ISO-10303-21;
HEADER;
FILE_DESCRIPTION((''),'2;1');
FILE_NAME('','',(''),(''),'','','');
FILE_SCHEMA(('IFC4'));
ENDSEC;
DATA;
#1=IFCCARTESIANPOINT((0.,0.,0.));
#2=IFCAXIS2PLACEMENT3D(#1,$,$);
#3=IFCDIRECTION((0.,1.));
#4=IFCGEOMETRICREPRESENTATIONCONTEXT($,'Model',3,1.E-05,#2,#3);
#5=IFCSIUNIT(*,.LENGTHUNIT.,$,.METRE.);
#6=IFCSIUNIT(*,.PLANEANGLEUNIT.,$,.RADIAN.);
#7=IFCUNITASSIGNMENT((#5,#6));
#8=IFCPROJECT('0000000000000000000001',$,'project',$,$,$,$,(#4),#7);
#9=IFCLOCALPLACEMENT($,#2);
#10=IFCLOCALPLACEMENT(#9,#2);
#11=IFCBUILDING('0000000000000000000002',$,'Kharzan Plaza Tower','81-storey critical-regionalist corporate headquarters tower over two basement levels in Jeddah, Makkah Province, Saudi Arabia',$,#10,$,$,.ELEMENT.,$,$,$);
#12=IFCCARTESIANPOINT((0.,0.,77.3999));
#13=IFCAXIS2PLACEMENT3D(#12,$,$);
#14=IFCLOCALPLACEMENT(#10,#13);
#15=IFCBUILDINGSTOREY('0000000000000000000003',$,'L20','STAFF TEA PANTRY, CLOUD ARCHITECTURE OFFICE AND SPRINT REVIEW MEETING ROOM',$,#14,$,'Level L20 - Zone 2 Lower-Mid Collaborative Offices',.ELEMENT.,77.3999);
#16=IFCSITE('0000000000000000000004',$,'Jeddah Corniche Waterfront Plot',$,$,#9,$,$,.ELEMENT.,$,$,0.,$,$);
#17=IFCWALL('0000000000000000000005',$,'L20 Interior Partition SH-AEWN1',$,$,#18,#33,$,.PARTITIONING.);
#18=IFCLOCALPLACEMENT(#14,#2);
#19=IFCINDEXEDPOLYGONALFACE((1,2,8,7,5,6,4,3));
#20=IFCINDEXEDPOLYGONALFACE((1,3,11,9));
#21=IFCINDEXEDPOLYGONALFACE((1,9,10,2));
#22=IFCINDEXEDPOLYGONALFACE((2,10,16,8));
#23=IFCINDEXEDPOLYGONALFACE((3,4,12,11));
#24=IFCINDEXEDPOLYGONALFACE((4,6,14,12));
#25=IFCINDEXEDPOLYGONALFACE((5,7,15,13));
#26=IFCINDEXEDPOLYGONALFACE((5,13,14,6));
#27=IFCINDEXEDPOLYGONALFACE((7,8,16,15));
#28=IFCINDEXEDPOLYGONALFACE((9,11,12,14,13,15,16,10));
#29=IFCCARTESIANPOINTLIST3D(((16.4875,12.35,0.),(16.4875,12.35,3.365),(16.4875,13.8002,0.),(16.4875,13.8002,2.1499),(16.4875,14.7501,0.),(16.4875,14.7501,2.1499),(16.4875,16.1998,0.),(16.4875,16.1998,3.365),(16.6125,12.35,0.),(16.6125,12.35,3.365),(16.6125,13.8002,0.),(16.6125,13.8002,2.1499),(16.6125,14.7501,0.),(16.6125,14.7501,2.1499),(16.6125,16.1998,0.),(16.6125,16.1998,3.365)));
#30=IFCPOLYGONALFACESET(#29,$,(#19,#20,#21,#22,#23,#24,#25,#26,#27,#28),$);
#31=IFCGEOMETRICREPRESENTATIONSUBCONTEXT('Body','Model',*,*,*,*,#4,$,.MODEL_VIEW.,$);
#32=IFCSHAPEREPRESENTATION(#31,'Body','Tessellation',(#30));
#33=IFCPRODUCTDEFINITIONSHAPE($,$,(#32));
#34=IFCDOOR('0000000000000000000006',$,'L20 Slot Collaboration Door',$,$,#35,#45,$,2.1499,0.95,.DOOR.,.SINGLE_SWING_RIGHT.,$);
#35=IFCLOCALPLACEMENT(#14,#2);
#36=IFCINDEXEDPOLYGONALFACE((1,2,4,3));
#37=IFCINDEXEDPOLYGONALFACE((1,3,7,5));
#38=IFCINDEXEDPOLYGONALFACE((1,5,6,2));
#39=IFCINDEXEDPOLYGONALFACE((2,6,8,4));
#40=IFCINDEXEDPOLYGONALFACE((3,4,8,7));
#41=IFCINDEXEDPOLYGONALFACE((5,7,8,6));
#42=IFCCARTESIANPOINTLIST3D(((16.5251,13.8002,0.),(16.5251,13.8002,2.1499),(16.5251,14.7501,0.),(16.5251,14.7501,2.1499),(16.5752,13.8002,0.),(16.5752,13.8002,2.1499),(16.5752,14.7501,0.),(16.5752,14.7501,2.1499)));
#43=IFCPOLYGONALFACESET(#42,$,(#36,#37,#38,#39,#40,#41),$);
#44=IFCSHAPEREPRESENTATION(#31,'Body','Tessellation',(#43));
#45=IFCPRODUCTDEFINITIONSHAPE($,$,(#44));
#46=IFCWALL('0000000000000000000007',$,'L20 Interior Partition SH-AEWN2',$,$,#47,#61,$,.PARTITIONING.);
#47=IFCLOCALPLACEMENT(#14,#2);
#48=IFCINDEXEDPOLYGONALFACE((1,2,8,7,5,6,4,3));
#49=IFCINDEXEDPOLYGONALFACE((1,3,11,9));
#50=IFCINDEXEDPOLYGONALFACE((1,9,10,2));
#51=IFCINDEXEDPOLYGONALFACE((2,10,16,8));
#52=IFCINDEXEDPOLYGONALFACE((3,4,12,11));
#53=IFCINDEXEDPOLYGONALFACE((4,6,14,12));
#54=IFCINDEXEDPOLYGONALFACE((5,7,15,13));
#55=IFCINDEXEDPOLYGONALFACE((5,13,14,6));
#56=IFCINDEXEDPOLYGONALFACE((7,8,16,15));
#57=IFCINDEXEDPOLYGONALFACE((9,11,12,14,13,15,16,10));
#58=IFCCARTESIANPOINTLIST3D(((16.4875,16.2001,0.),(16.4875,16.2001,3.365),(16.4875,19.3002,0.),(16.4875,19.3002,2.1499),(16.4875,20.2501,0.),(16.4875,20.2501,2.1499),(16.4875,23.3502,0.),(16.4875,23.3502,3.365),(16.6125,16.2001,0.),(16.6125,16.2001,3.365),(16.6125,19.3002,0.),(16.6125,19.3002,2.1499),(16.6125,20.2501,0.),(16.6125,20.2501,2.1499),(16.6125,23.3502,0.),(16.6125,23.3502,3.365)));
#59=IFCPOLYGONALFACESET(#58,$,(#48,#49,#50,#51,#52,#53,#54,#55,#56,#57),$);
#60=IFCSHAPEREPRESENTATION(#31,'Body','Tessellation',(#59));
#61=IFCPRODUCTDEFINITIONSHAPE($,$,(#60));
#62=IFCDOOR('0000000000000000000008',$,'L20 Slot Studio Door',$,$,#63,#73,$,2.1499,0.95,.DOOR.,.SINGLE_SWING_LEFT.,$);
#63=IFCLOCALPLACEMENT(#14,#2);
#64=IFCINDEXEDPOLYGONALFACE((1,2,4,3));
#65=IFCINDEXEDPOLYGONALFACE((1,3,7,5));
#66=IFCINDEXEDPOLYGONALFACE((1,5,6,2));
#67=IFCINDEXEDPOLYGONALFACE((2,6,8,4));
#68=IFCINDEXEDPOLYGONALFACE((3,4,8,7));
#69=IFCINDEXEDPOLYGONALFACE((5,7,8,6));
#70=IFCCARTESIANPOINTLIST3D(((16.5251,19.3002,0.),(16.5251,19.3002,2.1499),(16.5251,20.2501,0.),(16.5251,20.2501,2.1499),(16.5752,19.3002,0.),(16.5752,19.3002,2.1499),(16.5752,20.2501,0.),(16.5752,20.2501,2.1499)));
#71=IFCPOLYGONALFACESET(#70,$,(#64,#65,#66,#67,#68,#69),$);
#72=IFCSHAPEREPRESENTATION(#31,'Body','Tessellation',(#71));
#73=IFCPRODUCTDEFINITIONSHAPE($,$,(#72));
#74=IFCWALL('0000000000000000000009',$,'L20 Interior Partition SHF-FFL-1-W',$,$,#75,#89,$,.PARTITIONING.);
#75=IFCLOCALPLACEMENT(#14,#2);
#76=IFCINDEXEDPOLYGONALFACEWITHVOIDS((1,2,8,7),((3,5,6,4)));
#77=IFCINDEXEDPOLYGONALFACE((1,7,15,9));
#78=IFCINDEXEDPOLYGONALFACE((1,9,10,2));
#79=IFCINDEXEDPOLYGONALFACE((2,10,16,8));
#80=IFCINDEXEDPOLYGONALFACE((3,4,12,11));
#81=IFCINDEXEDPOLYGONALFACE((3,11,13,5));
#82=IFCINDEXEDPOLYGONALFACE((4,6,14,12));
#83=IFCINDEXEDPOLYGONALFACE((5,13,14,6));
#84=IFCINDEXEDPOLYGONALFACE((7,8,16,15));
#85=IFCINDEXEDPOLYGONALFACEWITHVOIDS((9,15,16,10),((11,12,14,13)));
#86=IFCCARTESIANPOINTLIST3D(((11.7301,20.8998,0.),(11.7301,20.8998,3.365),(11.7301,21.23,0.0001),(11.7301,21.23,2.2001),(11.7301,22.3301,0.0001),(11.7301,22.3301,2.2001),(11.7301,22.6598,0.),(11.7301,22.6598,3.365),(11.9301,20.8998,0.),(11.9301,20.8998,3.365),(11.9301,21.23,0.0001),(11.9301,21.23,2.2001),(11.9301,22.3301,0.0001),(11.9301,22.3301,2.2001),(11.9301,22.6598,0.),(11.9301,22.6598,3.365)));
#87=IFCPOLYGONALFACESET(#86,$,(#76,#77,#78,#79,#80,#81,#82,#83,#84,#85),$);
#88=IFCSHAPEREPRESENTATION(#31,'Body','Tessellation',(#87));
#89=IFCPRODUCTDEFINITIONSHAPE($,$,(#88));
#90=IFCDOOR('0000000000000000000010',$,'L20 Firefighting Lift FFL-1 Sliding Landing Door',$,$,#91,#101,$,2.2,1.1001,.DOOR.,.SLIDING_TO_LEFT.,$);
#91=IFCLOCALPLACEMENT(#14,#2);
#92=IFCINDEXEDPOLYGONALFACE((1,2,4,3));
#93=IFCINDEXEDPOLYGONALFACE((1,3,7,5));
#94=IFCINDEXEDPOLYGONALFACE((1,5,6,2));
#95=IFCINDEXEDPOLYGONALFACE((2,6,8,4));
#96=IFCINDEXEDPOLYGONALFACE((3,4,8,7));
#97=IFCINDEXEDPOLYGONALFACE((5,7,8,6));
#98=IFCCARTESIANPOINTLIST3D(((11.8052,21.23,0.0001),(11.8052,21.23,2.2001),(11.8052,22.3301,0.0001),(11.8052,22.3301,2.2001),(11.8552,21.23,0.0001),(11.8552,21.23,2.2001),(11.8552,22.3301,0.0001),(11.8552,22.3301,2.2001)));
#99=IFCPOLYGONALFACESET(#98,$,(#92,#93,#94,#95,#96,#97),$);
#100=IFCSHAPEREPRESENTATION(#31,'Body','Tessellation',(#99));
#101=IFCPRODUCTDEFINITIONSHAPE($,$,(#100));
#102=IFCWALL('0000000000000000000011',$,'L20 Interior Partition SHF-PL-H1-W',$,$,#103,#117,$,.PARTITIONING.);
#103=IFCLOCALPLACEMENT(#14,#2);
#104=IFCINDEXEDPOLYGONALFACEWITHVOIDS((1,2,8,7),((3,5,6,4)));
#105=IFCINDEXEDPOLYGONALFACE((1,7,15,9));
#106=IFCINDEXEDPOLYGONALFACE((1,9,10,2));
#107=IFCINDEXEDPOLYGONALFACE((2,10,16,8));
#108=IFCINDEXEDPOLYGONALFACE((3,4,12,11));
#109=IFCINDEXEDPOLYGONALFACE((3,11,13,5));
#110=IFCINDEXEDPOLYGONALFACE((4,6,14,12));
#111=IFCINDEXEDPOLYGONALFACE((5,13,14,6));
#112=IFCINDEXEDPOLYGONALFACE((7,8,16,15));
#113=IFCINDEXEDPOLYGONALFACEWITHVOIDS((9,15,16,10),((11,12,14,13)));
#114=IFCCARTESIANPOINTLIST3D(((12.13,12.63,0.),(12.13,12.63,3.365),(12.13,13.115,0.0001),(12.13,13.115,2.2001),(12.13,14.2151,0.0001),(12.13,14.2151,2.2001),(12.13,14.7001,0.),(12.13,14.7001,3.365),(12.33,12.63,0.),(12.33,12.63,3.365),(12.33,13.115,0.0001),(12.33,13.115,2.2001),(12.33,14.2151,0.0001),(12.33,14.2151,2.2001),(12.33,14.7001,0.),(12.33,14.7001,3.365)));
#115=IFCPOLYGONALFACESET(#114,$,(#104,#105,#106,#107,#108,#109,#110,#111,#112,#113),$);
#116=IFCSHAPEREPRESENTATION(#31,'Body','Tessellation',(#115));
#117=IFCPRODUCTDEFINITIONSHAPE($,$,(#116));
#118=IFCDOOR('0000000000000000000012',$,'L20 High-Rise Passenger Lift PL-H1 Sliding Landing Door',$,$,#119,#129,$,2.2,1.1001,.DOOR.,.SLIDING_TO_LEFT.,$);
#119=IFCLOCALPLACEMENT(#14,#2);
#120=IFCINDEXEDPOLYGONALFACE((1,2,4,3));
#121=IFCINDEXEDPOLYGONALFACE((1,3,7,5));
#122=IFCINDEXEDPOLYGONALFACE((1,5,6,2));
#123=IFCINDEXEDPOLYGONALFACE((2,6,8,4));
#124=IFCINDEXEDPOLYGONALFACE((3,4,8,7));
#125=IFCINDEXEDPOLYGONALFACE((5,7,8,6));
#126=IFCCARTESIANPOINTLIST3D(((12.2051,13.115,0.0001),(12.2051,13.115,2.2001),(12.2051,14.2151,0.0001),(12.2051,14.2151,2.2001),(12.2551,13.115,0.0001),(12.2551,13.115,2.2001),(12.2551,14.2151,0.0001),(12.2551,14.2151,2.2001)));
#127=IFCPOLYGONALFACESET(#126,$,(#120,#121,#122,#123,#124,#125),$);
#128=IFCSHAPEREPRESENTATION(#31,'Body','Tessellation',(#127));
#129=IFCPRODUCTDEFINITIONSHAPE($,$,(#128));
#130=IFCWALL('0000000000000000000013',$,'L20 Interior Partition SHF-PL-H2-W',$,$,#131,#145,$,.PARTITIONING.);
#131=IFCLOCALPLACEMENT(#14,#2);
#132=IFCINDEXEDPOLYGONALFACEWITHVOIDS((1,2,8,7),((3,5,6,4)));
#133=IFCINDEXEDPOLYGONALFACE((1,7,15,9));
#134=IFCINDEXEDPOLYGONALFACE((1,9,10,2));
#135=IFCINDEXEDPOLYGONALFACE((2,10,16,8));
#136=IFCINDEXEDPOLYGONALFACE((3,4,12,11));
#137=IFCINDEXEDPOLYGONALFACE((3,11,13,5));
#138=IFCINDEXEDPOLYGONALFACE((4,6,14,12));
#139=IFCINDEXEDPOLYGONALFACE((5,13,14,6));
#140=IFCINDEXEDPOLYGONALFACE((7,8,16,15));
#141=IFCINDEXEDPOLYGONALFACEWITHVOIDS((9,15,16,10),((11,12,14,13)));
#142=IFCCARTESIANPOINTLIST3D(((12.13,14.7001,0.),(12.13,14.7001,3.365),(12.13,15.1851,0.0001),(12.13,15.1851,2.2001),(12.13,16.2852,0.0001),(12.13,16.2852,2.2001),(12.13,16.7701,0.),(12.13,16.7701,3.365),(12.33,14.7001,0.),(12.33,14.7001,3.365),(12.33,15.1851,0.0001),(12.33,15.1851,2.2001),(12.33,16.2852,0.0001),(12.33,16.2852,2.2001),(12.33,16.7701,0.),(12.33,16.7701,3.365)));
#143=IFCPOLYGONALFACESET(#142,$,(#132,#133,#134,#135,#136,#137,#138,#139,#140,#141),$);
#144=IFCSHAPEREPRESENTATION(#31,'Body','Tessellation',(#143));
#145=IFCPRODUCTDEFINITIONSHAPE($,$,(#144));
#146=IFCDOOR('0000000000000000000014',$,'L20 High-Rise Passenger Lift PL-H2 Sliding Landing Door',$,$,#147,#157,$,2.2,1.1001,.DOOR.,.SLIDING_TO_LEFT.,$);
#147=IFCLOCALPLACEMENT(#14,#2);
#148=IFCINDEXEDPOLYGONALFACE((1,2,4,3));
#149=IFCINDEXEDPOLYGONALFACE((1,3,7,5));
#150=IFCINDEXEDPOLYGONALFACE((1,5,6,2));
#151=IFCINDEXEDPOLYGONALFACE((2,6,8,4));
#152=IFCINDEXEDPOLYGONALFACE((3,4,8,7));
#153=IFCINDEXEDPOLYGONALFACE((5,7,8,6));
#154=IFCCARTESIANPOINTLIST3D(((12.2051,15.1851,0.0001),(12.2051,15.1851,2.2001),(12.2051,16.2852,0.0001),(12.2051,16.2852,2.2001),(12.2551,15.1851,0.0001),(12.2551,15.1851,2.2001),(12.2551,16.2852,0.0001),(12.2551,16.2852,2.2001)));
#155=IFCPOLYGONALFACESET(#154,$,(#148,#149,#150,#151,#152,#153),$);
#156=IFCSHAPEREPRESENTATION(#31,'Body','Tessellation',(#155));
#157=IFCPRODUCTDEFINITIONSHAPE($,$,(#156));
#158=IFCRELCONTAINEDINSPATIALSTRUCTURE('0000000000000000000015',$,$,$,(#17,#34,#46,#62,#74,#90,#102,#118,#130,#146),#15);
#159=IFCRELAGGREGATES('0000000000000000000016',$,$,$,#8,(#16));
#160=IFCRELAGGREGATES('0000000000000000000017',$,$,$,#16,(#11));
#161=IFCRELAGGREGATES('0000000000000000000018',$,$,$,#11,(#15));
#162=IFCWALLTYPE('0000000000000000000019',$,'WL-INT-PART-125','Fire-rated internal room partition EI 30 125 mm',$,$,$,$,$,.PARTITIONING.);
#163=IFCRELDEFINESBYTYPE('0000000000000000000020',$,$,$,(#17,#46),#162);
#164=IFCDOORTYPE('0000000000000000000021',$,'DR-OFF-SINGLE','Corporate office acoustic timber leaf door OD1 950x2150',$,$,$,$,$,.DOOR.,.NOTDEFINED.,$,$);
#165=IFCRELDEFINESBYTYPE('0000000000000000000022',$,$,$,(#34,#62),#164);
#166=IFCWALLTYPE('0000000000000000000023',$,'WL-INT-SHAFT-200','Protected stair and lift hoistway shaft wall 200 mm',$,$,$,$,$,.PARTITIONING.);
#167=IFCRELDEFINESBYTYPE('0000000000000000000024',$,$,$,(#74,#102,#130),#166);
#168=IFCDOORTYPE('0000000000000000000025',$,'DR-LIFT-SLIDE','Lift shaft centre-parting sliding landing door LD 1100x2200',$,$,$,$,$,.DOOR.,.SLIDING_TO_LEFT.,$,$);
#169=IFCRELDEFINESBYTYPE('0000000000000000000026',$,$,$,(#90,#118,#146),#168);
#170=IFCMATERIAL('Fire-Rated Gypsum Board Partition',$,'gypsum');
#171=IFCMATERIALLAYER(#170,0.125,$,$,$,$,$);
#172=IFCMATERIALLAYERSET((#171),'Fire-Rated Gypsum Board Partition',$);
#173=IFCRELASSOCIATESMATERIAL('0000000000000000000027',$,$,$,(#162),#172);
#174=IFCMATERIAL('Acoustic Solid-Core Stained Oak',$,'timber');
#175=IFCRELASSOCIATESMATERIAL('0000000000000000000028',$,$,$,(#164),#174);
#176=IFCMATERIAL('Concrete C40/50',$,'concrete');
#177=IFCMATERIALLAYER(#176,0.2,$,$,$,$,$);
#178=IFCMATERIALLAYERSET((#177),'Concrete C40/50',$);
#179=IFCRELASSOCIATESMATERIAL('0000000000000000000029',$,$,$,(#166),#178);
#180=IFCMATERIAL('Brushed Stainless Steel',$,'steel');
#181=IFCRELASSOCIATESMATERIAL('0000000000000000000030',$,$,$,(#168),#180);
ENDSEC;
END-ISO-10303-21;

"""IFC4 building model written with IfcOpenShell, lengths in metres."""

from ifc_helpers import new_model, si_unit, direction, frame, frame_2d, origin, place, context, subcontext, project, spatial, rectangle, extrude, source, transform, mapped, material, layer, layer_set, type_object, element, fill, save


model = new_model("IFC4")

# Units and contexts
model_context = context("Model", 3, precision=1e-05, world=origin(), true_north=direction((0.0, 1.0)))
body_context = subcontext(model_context, "Body", "Model", "MODEL_VIEW")
ifc_project = project(units=[si_unit("LENGTHUNIT", "METRE"), si_unit("PLANEANGLEUNIT", "RADIAN")], contexts=[model_context])

# Site, building, storey
site_placement = place(None, origin())
site = spatial("IfcSite", under=ifc_project, at=site_placement, Name="Jeddah Corniche Waterfront Plot", CompositionType="ELEMENT", RefElevation=0.0)
building_placement = place(site_placement, origin())
building = spatial("IfcBuilding", under=site, at=building_placement, Name="Kharzan Plaza Tower", Description="81-storey critical-regionalist corporate headquarters tower over two basement levels in Jeddah, Makkah Province, Saudi Arabia", CompositionType="ELEMENT")
storey_placement = place(building_placement, frame((0.0, 0.0, 77.3999)))
storey = spatial("IfcBuildingStorey", under=building, at=storey_placement, Name="L20", Description="STAFF TEA PANTRY, CLOUD ARCHITECTURE OFFICE AND SPRINT REVIEW MEETING ROOM", LongName="Level L20 - Zone 2 Lower-Mid Collaborative Offices", CompositionType="ELEMENT", Elevation=77.3999)

# Walls, openings, doors
ifc_material_1 = material(Name="Fire-Rated Gypsum Board Partition", Category="gypsum")
ifc_layer_1 = layer(ifc_material_1, 0.125)
ifc_layer_set_1 = layer_set([ifc_layer_1], Name="Fire-Rated Gypsum Board Partition")
wall_type_1 = type_object("IfcWallType", Name="WL-INT-PART-125", Description="Fire-rated internal room partition EI 30 125 mm", PredefinedType="PARTITIONING", material=ifc_layer_set_1)
wall_1_placement = place(storey_placement, frame((16.55, 12.3501, 0.0), z_axis=(0.0, 0.0, 1.0), x_axis=(0.0, 1.0, 0.0)))
wall_1 = element("IfcWall", 1, at=wall_1_placement, inside=storey, type_object=wall_type_1, Name="L20 Interior Partition SH-AEWN1", PredefinedType="PARTITIONING", context=body_context, shape_type="SweptSolid", body=[
    extrude(rectangle(XDim=3.8499, YDim=0.125, at=frame_2d((1.9248, 0.0))), origin(), (0.0, 0.0, 1.0), 3.365),
])
opening_1_placement = place(wall_1_placement, frame((1.45, 0.0, 0.0)))
opening_1 = element("IfcOpeningElement", 2, at=opening_1_placement, cuts=wall_1, PredefinedType="OPENING", context=body_context, shape_type="SweptSolid", body=[
    extrude(rectangle(XDim=0.95, YDim=2.1499, at=frame_2d((0.4751, 1.075))), frame((0.0, 0.0725, 0.0), z_axis=(0.0, -1.0, 0.0), x_axis=(1.0, 0.0, 0.0)), (0.0, 0.0, 1.0), 0.145),
])
ifc_material_2 = material(Name="Acoustic Solid-Core Stained Oak", Category="timber")
door_type_1 = type_object("IfcDoorType", Name="DR-OFF-SINGLE", Description="Corporate office acoustic timber leaf door OD1 950x2150", OperationType="NOTDEFINED", PredefinedType="DOOR", material=ifc_material_2)
shared_shape_1 = source(origin(), body_context, "Body", "SweptSolid", [
    extrude(rectangle(XDim=0.95, YDim=2.1499, at=frame_2d((0.4751, 1.075))), frame((0.0, 0.0249, 0.0), z_axis=(0.0, -1.0, 0.0), x_axis=(1.0, 0.0, 0.0)), (0.0, 0.0, 1.0), 0.05),
])
door_1_placement = place(opening_1_placement, origin())
door_1 = element("IfcDoor", 3, at=door_1_placement, inside=storey, type_object=door_type_1, Name="L20 Slot Collaboration Door", OperationType="SINGLE_SWING_RIGHT", OverallHeight=2.1499, OverallWidth=0.95, PredefinedType="DOOR", context=body_context, shape_type="MappedRepresentation", body=[
    mapped(shared_shape_1, transform((0.0, 0.0, 0.0), x_axis=(1.0, 0.0, 0.0), y_axis=(0.0, 1.0, 0.0), z_axis=(0.0, 0.0, 1.0))),
])
fill(opening_1, door_1)
wall_2_placement = place(storey_placement, frame((16.55, 16.2, 0.0), z_axis=(0.0, 0.0, 1.0), x_axis=(0.0, 1.0, 0.0)))
wall_2 = element("IfcWall", 4, at=wall_2_placement, inside=storey, type_object=wall_type_1, Name="L20 Interior Partition SH-AEWN2", PredefinedType="PARTITIONING", context=body_context, shape_type="SweptSolid", body=[
    extrude(rectangle(XDim=7.1501, YDim=0.125, at=frame_2d((3.5752, 0.0))), origin(), (0.0, 0.0, 1.0), 3.365),
])
opening_2_placement = place(wall_2_placement, frame((3.1001, 0.0, 0.0)))
opening_2 = element("IfcOpeningElement", 5, at=opening_2_placement, cuts=wall_2, PredefinedType="OPENING", context=body_context, shape_type="SweptSolid", body=[
    extrude(rectangle(XDim=0.95, YDim=2.1499, at=frame_2d((0.4751, 1.075))), frame((0.0, 0.0725, 0.0), z_axis=(0.0, -1.0, 0.0), x_axis=(1.0, 0.0, 0.0)), (0.0, 0.0, 1.0), 0.145),
])
door_2_placement = place(opening_2_placement, origin())
door_2 = element("IfcDoor", 6, at=door_2_placement, inside=storey, type_object=door_type_1, Name="L20 Slot Studio Door", OperationType="SINGLE_SWING_LEFT", OverallHeight=2.1499, OverallWidth=0.95, PredefinedType="DOOR", context=body_context, shape_type="MappedRepresentation", body=[
    mapped(shared_shape_1, transform((0.0, 0.0, 0.0), x_axis=(1.0, 0.0, 0.0), y_axis=(0.0, 1.0, 0.0), z_axis=(0.0, 0.0, 1.0))),
])
fill(opening_2, door_2)
ifc_material_3 = material(Name="Concrete C40/50", Category="concrete")
ifc_layer_2 = layer(ifc_material_3, 0.2)
ifc_layer_set_2 = layer_set([ifc_layer_2], Name="Concrete C40/50")
wall_type_2 = type_object("IfcWallType", Name="WL-INT-SHAFT-200", Description="Protected stair and lift hoistway shaft wall 200 mm", PredefinedType="PARTITIONING", material=ifc_layer_set_2)
wall_3_placement = place(storey_placement, frame((11.8301, 20.8999, 0.0), z_axis=(0.0, 0.0, 1.0), x_axis=(0.0, 1.0, 0.0)))
wall_3 = element("IfcWall", 7, at=wall_3_placement, inside=storey, type_object=wall_type_2, Name="L20 Interior Partition SHF-FFL-1-W", PredefinedType="PARTITIONING", context=body_context, shape_type="SweptSolid", body=[
    extrude(rectangle(XDim=1.76, YDim=0.2, at=frame_2d((0.8799, 0.0))), origin(), (0.0, 0.0, 1.0), 3.365),
])
opening_3_placement = place(wall_3_placement, frame((0.3301, 0.0, 0.0)))
opening_3 = element("IfcOpeningElement", 8, at=opening_3_placement, cuts=wall_3, PredefinedType="OPENING", context=body_context, shape_type="SweptSolid", body=[
    extrude(rectangle(XDim=1.1001, YDim=2.2, at=frame_2d((0.55, 1.1001))), frame((0.0, 0.1099, 0.0), z_axis=(0.0, -1.0, 0.0), x_axis=(1.0, 0.0, 0.0)), (0.0, 0.0, 1.0), 0.22),
])
ifc_material_4 = material(Name="Brushed Stainless Steel", Category="steel")
door_type_2 = type_object("IfcDoorType", Name="DR-LIFT-SLIDE", Description="Lift shaft centre-parting sliding landing door LD 1100x2200", OperationType="SLIDING_TO_LEFT", PredefinedType="DOOR", material=ifc_material_4)
shared_shape_2 = source(origin(), body_context, "Body", "SweptSolid", [
    extrude(rectangle(XDim=1.1001, YDim=2.2, at=frame_2d((0.55, 1.1001))), frame((0.0, 0.0249, 0.0), z_axis=(0.0, -1.0, 0.0), x_axis=(1.0, 0.0, 0.0)), (0.0, 0.0, 1.0), 0.05),
])
door_3_placement = place(opening_3_placement, origin())
door_3 = element("IfcDoor", 9, at=door_3_placement, inside=storey, type_object=door_type_2, Name="L20 Firefighting Lift FFL-1 Sliding Landing Door", OperationType="SLIDING_TO_LEFT", OverallHeight=2.2, OverallWidth=1.1001, PredefinedType="DOOR", context=body_context, shape_type="MappedRepresentation", body=[
    mapped(shared_shape_2, transform((0.0, 0.0, 0.0), x_axis=(1.0, 0.0, 0.0), y_axis=(0.0, 1.0, 0.0), z_axis=(0.0, 0.0, 1.0))),
])
fill(opening_3, door_3)
wall_4_placement = place(storey_placement, frame((12.23, 12.6299, 0.0), z_axis=(0.0, 0.0, 1.0), x_axis=(0.0, 1.0, 0.0)))
wall_4 = element("IfcWall", 10, at=wall_4_placement, inside=storey, type_object=wall_type_2, Name="L20 Interior Partition SHF-PL-H1-W", PredefinedType="PARTITIONING", context=body_context, shape_type="SweptSolid", body=[
    extrude(rectangle(XDim=2.0701, YDim=0.2, at=frame_2d((1.0352, 0.0))), origin(), (0.0, 0.0, 1.0), 3.365),
])
opening_4_placement = place(wall_4_placement, frame((0.4851, 0.0, 0.0)))
opening_4 = element("IfcOpeningElement", 11, at=opening_4_placement, cuts=wall_4, PredefinedType="OPENING", context=body_context, shape_type="SweptSolid", body=[
    extrude(rectangle(XDim=1.1001, YDim=2.2, at=frame_2d((0.55, 1.1001))), frame((0.0, 0.1099, 0.0), z_axis=(0.0, -1.0, 0.0), x_axis=(1.0, 0.0, 0.0)), (0.0, 0.0, 1.0), 0.22),
])
door_4_placement = place(opening_4_placement, origin())
door_4 = element("IfcDoor", 12, at=door_4_placement, inside=storey, type_object=door_type_2, Name="L20 High-Rise Passenger Lift PL-H1 Sliding Landing Door", OperationType="SLIDING_TO_LEFT", OverallHeight=2.2, OverallWidth=1.1001, PredefinedType="DOOR", context=body_context, shape_type="MappedRepresentation", body=[
    mapped(shared_shape_2, transform((0.0, 0.0, 0.0), x_axis=(1.0, 0.0, 0.0), y_axis=(0.0, 1.0, 0.0), z_axis=(0.0, 0.0, 1.0))),
])
fill(opening_4, door_4)
wall_5_placement = place(storey_placement, frame((12.23, 14.7, 0.0), z_axis=(0.0, 0.0, 1.0), x_axis=(0.0, 1.0, 0.0)))
wall_5 = element("IfcWall", 13, at=wall_5_placement, inside=storey, type_object=wall_type_2, Name="L20 Interior Partition SHF-PL-H2-W", PredefinedType="PARTITIONING", context=body_context, shape_type="SweptSolid", body=[
    extrude(rectangle(XDim=2.0701, YDim=0.2, at=frame_2d((1.0352, 0.0))), origin(), (0.0, 0.0, 1.0), 3.365),
])
opening_5_placement = place(wall_5_placement, frame((0.4851, 0.0, 0.0)))
opening_5 = element("IfcOpeningElement", 14, at=opening_5_placement, cuts=wall_5, PredefinedType="OPENING", context=body_context, shape_type="SweptSolid", body=[
    extrude(rectangle(XDim=1.1001, YDim=2.2, at=frame_2d((0.55, 1.1001))), frame((0.0, 0.1099, 0.0), z_axis=(0.0, -1.0, 0.0), x_axis=(1.0, 0.0, 0.0)), (0.0, 0.0, 1.0), 0.22),
])
door_5_placement = place(opening_5_placement, origin())
door_5 = element("IfcDoor", 15, at=door_5_placement, inside=storey, type_object=door_type_2, Name="L20 High-Rise Passenger Lift PL-H2 Sliding Landing Door", OperationType="SLIDING_TO_LEFT", OverallHeight=2.2, OverallWidth=1.1001, PredefinedType="DOOR", context=body_context, shape_type="MappedRepresentation", body=[
    mapped(shared_shape_2, transform((0.0, 0.0, 0.0), x_axis=(1.0, 0.0, 0.0), y_axis=(0.0, 1.0, 0.0), z_axis=(0.0, 0.0, 1.0))),
])
fill(opening_5, door_5)

save(model, "model.ifc")
